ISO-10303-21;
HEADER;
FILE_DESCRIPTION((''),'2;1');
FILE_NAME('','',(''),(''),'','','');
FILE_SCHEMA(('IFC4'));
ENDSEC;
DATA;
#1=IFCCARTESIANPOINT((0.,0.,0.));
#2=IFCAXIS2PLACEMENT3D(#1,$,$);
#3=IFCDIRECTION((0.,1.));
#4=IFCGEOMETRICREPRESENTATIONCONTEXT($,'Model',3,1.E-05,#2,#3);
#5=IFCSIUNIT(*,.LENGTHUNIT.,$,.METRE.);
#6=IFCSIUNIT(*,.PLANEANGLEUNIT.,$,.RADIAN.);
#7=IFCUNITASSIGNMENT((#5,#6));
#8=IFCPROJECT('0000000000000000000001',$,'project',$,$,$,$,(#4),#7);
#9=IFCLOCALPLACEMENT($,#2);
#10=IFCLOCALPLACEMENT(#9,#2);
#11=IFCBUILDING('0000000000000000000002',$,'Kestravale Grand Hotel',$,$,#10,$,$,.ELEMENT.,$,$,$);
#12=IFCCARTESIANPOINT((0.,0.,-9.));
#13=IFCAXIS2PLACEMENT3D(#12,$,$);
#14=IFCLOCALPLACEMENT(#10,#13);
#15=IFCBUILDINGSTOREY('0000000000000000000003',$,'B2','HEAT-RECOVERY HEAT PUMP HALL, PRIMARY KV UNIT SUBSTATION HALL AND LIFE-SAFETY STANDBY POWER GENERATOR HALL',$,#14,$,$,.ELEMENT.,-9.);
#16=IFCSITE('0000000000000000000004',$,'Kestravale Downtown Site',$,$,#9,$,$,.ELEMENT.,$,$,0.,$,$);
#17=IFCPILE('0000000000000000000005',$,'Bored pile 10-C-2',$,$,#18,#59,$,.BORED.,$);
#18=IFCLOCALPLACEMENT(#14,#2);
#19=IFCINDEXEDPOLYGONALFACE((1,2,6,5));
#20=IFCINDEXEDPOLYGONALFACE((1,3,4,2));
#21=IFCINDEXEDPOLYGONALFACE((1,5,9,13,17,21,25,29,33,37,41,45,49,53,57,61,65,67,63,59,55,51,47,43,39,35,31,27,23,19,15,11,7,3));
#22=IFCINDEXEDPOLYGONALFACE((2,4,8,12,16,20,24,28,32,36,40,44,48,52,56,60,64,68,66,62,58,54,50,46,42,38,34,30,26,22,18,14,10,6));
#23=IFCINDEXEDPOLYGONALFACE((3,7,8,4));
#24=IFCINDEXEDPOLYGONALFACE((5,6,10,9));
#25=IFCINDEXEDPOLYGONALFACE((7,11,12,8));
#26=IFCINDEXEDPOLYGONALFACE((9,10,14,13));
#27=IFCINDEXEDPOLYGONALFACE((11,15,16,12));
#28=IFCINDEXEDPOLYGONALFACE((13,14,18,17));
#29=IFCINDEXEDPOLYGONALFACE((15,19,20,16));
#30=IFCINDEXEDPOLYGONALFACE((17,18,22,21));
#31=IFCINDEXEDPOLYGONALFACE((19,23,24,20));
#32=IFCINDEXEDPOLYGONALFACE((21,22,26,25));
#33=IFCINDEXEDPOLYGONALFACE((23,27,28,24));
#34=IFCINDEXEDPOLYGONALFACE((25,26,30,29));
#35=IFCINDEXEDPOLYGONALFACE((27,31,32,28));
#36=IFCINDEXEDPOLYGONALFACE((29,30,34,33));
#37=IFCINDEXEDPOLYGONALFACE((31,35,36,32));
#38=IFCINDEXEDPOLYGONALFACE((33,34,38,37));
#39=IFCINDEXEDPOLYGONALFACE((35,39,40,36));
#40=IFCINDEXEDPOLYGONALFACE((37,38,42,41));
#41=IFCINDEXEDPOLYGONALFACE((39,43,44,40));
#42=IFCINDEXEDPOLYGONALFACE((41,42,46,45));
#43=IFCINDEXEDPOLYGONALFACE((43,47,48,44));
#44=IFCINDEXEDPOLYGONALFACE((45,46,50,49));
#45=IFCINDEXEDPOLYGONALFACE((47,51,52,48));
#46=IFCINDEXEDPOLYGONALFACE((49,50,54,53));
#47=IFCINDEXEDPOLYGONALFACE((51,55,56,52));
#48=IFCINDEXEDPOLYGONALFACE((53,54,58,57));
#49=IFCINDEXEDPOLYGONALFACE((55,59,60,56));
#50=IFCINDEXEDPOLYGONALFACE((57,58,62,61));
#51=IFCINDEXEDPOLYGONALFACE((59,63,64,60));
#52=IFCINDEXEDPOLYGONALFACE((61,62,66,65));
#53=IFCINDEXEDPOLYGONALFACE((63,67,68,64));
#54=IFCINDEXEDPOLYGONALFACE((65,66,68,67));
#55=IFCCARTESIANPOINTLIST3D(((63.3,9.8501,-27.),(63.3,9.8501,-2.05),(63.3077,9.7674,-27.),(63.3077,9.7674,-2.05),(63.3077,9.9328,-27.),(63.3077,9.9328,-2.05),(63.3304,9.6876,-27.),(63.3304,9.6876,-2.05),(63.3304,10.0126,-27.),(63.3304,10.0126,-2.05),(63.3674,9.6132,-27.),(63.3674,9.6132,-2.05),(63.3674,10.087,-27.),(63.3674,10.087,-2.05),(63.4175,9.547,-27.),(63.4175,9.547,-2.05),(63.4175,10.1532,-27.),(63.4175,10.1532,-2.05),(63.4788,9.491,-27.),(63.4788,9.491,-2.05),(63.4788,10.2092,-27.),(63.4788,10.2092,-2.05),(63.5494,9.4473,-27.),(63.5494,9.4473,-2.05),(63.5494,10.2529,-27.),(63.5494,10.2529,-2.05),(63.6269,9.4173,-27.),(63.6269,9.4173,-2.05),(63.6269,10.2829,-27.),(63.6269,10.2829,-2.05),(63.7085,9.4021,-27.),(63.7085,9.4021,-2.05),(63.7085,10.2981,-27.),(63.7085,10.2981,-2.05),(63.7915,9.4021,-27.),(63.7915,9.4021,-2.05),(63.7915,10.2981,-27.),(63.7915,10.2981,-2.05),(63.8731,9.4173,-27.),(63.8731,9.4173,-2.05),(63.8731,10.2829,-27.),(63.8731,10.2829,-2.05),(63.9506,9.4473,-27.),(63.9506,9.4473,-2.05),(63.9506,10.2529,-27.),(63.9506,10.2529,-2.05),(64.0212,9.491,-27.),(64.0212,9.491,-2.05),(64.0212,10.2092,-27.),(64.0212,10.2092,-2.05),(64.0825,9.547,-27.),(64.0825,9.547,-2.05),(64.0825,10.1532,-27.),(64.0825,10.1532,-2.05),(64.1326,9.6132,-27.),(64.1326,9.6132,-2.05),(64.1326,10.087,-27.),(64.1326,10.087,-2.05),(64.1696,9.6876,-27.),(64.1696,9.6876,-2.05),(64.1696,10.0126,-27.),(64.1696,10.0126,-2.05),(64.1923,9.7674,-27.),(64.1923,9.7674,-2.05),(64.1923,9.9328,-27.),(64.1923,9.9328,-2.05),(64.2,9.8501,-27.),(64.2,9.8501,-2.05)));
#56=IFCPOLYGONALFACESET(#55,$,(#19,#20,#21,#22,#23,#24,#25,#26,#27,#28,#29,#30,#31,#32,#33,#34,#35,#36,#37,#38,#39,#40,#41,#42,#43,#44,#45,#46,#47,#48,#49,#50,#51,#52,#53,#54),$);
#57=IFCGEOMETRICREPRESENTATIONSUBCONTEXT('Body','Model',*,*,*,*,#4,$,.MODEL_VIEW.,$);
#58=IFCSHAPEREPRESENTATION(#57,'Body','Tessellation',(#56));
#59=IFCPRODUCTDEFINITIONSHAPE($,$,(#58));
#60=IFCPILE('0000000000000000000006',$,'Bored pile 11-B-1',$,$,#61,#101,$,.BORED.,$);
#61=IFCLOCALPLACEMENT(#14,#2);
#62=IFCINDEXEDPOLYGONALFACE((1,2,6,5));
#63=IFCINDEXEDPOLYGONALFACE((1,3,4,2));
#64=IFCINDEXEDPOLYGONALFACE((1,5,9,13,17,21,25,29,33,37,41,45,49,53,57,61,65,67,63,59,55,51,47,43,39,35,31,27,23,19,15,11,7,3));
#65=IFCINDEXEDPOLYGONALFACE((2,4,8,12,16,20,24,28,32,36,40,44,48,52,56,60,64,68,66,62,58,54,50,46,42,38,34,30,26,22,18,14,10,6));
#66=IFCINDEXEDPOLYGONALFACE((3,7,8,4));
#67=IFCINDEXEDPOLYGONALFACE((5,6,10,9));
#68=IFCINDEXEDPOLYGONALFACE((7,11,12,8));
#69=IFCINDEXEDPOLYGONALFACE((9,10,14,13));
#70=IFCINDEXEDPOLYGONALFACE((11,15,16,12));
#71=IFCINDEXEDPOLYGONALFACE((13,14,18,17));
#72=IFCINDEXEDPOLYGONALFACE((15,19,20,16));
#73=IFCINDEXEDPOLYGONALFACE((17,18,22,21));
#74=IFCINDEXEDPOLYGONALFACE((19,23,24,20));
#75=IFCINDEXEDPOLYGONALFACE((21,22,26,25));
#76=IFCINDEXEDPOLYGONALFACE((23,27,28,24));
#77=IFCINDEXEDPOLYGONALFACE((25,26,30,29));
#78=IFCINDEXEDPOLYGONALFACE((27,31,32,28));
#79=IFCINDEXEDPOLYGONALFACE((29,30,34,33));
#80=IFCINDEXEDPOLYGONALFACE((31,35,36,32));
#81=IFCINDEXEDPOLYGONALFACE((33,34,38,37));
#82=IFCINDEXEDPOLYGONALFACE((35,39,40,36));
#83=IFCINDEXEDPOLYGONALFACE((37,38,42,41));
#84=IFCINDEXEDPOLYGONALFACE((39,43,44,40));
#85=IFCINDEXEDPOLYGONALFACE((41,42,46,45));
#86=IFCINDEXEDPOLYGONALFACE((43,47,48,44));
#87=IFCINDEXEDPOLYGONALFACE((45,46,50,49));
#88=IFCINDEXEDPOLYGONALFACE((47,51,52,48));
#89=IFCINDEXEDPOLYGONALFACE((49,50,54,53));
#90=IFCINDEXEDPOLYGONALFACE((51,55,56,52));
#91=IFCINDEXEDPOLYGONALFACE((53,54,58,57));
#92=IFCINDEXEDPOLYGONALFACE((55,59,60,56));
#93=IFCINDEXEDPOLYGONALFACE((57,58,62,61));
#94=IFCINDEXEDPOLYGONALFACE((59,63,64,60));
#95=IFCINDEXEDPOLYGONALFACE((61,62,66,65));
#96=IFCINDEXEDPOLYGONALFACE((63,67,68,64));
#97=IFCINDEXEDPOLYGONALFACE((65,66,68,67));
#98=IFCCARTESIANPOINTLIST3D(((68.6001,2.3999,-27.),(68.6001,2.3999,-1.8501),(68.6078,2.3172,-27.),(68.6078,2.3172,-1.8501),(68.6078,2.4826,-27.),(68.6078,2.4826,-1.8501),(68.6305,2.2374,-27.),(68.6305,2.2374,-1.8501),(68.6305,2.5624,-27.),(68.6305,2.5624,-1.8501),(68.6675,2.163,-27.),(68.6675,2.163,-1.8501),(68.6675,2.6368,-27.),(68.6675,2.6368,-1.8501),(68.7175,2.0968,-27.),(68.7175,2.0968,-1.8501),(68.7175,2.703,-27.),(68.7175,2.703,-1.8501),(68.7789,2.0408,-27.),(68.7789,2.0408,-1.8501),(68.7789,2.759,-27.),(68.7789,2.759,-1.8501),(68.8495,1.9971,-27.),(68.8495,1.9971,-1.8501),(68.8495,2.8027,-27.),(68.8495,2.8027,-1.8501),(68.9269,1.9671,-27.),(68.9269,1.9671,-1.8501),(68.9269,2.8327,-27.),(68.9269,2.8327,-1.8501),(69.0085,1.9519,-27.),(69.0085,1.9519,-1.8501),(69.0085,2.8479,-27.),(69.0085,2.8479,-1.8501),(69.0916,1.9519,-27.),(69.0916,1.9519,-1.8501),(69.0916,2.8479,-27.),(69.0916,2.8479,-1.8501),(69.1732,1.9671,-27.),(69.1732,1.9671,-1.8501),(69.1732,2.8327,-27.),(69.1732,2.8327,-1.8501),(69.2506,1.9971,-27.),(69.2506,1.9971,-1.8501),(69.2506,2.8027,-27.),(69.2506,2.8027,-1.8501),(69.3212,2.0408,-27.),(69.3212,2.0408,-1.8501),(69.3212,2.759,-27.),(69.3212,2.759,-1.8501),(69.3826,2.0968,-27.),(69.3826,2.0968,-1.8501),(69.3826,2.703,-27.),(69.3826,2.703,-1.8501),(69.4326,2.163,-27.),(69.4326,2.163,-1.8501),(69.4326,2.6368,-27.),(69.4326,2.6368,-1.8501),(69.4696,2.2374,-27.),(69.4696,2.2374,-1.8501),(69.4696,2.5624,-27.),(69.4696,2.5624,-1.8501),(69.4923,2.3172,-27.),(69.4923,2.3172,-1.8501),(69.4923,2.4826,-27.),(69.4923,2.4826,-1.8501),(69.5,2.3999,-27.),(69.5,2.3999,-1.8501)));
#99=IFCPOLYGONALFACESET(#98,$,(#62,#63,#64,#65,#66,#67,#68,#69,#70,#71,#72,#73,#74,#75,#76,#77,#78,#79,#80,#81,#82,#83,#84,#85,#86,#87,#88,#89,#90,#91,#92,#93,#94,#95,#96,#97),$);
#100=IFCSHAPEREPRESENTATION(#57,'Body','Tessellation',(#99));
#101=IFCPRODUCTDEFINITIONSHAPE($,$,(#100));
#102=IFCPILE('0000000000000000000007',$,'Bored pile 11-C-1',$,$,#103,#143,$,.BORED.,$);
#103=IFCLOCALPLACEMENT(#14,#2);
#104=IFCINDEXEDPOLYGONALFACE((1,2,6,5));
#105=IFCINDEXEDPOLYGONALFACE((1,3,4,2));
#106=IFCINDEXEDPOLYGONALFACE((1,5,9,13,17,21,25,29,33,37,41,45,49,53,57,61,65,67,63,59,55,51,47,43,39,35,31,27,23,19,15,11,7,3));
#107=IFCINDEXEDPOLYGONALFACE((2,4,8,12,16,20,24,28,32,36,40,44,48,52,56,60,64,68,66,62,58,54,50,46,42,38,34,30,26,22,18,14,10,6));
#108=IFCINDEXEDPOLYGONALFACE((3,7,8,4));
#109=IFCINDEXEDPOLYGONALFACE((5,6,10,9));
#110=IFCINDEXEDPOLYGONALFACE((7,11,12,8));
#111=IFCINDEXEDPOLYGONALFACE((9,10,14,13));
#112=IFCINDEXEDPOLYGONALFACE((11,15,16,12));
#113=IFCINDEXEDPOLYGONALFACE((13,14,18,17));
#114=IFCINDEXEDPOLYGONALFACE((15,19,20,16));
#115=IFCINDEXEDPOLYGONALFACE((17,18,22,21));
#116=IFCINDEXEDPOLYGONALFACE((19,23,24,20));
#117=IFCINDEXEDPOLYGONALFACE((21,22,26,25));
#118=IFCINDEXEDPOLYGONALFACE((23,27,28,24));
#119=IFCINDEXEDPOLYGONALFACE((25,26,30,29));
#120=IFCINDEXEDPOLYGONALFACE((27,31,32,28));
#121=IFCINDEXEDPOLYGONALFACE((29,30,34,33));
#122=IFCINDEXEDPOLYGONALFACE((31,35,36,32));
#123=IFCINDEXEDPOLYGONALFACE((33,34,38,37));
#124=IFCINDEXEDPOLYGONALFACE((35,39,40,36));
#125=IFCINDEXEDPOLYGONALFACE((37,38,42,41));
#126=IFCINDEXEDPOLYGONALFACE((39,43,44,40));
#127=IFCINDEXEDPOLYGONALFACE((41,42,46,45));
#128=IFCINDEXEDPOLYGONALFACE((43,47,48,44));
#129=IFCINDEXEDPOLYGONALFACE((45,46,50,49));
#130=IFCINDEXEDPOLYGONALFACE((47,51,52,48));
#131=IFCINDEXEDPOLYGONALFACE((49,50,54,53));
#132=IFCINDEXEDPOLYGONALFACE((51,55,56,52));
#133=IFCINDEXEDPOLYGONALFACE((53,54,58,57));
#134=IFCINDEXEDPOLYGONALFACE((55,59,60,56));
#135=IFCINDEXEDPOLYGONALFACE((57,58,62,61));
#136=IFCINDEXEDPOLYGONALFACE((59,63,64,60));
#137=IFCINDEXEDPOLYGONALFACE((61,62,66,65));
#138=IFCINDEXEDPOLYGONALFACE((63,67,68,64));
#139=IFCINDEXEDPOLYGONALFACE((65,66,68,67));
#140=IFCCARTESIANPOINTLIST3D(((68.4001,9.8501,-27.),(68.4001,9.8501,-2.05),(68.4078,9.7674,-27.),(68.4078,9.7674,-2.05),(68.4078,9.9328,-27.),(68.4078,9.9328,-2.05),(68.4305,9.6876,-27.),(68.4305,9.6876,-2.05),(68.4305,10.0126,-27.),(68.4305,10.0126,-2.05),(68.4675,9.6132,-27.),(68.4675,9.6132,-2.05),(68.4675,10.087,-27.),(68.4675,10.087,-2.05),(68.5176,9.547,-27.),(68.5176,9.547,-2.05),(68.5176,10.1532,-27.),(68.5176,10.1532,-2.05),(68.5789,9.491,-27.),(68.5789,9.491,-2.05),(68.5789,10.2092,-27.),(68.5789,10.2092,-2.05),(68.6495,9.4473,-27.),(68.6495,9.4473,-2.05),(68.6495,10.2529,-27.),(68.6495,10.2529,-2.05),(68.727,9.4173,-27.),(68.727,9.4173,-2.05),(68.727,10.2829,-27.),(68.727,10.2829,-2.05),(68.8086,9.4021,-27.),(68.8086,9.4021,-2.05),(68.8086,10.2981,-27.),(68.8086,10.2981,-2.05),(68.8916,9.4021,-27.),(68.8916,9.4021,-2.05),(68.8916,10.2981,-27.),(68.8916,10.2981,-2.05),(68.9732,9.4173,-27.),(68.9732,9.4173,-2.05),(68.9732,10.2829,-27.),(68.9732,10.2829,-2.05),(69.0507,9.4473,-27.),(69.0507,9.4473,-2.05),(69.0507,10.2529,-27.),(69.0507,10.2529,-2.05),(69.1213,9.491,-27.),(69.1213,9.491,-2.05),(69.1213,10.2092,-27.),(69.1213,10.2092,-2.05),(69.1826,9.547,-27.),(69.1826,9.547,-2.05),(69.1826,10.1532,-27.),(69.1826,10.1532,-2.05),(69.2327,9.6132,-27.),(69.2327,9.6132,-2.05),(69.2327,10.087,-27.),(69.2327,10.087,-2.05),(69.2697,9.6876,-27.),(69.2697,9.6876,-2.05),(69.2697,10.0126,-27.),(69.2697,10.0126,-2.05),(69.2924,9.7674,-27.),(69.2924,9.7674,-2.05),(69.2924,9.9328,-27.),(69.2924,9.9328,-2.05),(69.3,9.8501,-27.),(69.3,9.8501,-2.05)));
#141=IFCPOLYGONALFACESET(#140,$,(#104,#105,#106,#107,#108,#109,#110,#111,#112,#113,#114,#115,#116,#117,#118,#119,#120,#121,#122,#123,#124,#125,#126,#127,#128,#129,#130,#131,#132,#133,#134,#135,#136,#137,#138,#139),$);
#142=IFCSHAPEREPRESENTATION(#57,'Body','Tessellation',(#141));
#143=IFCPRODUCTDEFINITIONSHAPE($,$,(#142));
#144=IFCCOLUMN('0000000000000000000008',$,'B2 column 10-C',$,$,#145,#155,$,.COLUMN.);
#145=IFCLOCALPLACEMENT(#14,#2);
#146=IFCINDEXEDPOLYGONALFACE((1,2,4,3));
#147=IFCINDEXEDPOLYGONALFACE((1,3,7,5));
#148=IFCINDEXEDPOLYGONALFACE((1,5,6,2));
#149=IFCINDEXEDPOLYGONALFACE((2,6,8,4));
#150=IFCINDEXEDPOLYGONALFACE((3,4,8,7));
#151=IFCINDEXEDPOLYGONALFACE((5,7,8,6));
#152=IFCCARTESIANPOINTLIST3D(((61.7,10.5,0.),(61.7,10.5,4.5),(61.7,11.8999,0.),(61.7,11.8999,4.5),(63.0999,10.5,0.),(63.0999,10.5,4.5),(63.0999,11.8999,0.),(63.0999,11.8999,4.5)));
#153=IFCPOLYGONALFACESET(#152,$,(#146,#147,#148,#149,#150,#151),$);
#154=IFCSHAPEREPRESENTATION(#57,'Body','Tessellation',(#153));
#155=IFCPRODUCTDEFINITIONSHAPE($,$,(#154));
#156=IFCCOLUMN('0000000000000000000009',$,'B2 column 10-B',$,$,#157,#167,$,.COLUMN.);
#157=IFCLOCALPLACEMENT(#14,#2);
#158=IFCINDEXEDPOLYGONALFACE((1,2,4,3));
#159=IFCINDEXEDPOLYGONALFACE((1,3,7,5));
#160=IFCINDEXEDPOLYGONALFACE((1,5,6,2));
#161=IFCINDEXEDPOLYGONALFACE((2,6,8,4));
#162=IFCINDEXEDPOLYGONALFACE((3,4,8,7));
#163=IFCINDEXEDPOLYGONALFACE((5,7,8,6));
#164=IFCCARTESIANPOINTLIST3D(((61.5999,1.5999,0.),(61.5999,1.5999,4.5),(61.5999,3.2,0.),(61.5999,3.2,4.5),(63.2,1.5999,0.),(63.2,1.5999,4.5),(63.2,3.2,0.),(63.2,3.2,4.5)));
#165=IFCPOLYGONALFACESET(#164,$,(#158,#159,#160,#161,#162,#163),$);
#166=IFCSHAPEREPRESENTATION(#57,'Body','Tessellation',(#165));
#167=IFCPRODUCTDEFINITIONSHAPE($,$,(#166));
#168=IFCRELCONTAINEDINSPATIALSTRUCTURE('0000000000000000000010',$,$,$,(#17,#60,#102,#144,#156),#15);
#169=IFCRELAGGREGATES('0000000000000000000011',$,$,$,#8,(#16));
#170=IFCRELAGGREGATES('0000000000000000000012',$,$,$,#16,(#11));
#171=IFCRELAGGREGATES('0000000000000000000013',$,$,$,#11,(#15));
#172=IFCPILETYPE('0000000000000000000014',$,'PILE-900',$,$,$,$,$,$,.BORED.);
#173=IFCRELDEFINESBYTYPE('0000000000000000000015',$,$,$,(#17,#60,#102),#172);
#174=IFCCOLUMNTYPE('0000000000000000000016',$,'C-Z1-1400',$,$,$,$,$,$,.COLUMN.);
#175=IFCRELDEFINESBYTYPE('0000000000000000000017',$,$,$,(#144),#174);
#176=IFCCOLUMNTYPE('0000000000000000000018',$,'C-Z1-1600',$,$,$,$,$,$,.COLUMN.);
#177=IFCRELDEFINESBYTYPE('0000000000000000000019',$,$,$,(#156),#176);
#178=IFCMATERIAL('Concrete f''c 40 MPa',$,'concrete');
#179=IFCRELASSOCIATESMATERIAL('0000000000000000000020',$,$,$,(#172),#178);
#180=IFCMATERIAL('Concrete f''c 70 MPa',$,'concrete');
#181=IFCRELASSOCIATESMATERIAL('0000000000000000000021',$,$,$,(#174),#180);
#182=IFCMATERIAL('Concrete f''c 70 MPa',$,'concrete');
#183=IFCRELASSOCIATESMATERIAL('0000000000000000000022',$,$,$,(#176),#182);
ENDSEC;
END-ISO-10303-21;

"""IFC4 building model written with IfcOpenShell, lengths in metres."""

from ifc_helpers import new_model, si_unit, direction, frame, origin, origin_2d, place, context, subcontext, project, spatial, rectangle, circle, extrude, material, material_profile, profile_set, type_object, element, save


model = new_model("IFC4")

# Units and contexts
model_context = context("Model", 3, precision=1e-05, world=origin(), true_north=direction((0.0, 1.0)))
body_context = subcontext(model_context, "Body", "Model", "MODEL_VIEW")
ifc_project = project(units=[si_unit("LENGTHUNIT", "METRE"), si_unit("PLANEANGLEUNIT", "RADIAN")], contexts=[model_context])

# Site, building, storey
site_placement = place(None, origin())
site = spatial("IfcSite", under=ifc_project, at=site_placement, Name="Kestravale Downtown Site", CompositionType="ELEMENT", RefElevation=0.0)
building_placement = place(site_placement, origin())
building = spatial("IfcBuilding", under=site, at=building_placement, Name="Kestravale Grand Hotel", CompositionType="ELEMENT")
storey_placement = place(building_placement, frame((0.0, 0.0, -9.0)))
storey = spatial("IfcBuildingStorey", under=building, at=storey_placement, Name="B2", Description="HEAT-RECOVERY HEAT PUMP HALL, PRIMARY KV UNIT SUBSTATION HALL AND LIFE-SAFETY STANDBY POWER GENERATOR HALL", CompositionType="ELEMENT", Elevation=-9.0)

# Piles
ifc_material_1 = material(Name="Concrete f'c 40 MPa", Category="concrete")
ifc_material_profile_1 = material_profile(ifc_material_1, circle(Radius=0.45, at=origin_2d()))
ifc_profile_set_1 = profile_set([ifc_material_profile_1], Name="Concrete f'c 40 MPa")
pile_type = type_object("IfcPileType", Name="PILE-900", PredefinedType="BORED", material=ifc_profile_set_1)
pile_1_placement = place(storey_placement, frame((63.75, 9.8501, -2.05), z_axis=(0.0, 0.0, -1.0), x_axis=(1.0, 0.0, 0.0)))
element("IfcPile", 1, at=pile_1_placement, inside=storey, type_object=pile_type, Name="Bored pile 10-C-2", PredefinedType="BORED", context=body_context, shape_type="SweptSolid", body=[
    extrude(circle(Radius=0.45, at=origin_2d()), origin(), (0.0, 0.0, 1.0), 24.95),
])
pile_2_placement = place(storey_placement, frame((69.05, 2.3999, -1.8501), z_axis=(0.0, 0.0, -1.0), x_axis=(1.0, 0.0, 0.0)))
element("IfcPile", 2, at=pile_2_placement, inside=storey, type_object=pile_type, Name="Bored pile 11-B-1", PredefinedType="BORED", context=body_context, shape_type="SweptSolid", body=[
    extrude(circle(Radius=0.45, at=origin_2d()), origin(), (0.0, 0.0, 1.0), 25.1499),
])
pile_3_placement = place(storey_placement, frame((68.8501, 9.8501, -2.05), z_axis=(0.0, 0.0, -1.0), x_axis=(1.0, 0.0, 0.0)))
element("IfcPile", 3, at=pile_3_placement, inside=storey, type_object=pile_type, Name="Bored pile 11-C-1", PredefinedType="BORED", context=body_context, shape_type="SweptSolid", body=[
    extrude(circle(Radius=0.45, at=origin_2d()), origin(), (0.0, 0.0, 1.0), 24.95),
])

# Columns
ifc_material_2 = material(Name="Concrete f'c 70 MPa", Category="concrete")
ifc_material_profile_2 = material_profile(ifc_material_2, rectangle(XDim=1.3999, YDim=1.3999, at=origin_2d()))
ifc_profile_set_2 = profile_set([ifc_material_profile_2], Name="Concrete f'c 70 MPa")
column_type_1 = type_object("IfcColumnType", Name="C-Z1-1400", PredefinedType="COLUMN", material=ifc_profile_set_2)
column_1_placement = place(storey_placement, frame((62.3999, 11.2, 0.0), z_axis=(0.0, 0.0, 1.0), x_axis=(1.0, 0.0, 0.0)))
element("IfcColumn", 4, at=column_1_placement, inside=storey, type_object=column_type_1, Name="B2 column 10-C", PredefinedType="COLUMN", context=body_context, shape_type="SweptSolid", body=[
    extrude(rectangle(XDim=1.3999, YDim=1.3999, at=origin_2d()), origin(), (0.0, 0.0, 1.0), 4.5),
])
ifc_material_3 = material(Name="Concrete f'c 70 MPa", Category="concrete")
ifc_material_profile_3 = material_profile(ifc_material_3, rectangle(XDim=1.6001, YDim=1.6001, at=origin_2d()))
ifc_profile_set_3 = profile_set([ifc_material_profile_3], Name="Concrete f'c 70 MPa")
column_type_2 = type_object("IfcColumnType", Name="C-Z1-1600", PredefinedType="COLUMN", material=ifc_profile_set_3)
column_2_placement = place(storey_placement, frame((62.3999, 2.3999, 0.0), z_axis=(0.0, 0.0, 1.0), x_axis=(1.0, 0.0, 0.0)))
element("IfcColumn", 5, at=column_2_placement, inside=storey, type_object=column_type_2, Name="B2 column 10-B", PredefinedType="COLUMN", context=body_context, shape_type="SweptSolid", body=[
    extrude(rectangle(XDim=1.6001, YDim=1.6001, at=origin_2d()), origin(), (0.0, 0.0, 1.0), 4.5),
])

save(model, "model.ifc")
